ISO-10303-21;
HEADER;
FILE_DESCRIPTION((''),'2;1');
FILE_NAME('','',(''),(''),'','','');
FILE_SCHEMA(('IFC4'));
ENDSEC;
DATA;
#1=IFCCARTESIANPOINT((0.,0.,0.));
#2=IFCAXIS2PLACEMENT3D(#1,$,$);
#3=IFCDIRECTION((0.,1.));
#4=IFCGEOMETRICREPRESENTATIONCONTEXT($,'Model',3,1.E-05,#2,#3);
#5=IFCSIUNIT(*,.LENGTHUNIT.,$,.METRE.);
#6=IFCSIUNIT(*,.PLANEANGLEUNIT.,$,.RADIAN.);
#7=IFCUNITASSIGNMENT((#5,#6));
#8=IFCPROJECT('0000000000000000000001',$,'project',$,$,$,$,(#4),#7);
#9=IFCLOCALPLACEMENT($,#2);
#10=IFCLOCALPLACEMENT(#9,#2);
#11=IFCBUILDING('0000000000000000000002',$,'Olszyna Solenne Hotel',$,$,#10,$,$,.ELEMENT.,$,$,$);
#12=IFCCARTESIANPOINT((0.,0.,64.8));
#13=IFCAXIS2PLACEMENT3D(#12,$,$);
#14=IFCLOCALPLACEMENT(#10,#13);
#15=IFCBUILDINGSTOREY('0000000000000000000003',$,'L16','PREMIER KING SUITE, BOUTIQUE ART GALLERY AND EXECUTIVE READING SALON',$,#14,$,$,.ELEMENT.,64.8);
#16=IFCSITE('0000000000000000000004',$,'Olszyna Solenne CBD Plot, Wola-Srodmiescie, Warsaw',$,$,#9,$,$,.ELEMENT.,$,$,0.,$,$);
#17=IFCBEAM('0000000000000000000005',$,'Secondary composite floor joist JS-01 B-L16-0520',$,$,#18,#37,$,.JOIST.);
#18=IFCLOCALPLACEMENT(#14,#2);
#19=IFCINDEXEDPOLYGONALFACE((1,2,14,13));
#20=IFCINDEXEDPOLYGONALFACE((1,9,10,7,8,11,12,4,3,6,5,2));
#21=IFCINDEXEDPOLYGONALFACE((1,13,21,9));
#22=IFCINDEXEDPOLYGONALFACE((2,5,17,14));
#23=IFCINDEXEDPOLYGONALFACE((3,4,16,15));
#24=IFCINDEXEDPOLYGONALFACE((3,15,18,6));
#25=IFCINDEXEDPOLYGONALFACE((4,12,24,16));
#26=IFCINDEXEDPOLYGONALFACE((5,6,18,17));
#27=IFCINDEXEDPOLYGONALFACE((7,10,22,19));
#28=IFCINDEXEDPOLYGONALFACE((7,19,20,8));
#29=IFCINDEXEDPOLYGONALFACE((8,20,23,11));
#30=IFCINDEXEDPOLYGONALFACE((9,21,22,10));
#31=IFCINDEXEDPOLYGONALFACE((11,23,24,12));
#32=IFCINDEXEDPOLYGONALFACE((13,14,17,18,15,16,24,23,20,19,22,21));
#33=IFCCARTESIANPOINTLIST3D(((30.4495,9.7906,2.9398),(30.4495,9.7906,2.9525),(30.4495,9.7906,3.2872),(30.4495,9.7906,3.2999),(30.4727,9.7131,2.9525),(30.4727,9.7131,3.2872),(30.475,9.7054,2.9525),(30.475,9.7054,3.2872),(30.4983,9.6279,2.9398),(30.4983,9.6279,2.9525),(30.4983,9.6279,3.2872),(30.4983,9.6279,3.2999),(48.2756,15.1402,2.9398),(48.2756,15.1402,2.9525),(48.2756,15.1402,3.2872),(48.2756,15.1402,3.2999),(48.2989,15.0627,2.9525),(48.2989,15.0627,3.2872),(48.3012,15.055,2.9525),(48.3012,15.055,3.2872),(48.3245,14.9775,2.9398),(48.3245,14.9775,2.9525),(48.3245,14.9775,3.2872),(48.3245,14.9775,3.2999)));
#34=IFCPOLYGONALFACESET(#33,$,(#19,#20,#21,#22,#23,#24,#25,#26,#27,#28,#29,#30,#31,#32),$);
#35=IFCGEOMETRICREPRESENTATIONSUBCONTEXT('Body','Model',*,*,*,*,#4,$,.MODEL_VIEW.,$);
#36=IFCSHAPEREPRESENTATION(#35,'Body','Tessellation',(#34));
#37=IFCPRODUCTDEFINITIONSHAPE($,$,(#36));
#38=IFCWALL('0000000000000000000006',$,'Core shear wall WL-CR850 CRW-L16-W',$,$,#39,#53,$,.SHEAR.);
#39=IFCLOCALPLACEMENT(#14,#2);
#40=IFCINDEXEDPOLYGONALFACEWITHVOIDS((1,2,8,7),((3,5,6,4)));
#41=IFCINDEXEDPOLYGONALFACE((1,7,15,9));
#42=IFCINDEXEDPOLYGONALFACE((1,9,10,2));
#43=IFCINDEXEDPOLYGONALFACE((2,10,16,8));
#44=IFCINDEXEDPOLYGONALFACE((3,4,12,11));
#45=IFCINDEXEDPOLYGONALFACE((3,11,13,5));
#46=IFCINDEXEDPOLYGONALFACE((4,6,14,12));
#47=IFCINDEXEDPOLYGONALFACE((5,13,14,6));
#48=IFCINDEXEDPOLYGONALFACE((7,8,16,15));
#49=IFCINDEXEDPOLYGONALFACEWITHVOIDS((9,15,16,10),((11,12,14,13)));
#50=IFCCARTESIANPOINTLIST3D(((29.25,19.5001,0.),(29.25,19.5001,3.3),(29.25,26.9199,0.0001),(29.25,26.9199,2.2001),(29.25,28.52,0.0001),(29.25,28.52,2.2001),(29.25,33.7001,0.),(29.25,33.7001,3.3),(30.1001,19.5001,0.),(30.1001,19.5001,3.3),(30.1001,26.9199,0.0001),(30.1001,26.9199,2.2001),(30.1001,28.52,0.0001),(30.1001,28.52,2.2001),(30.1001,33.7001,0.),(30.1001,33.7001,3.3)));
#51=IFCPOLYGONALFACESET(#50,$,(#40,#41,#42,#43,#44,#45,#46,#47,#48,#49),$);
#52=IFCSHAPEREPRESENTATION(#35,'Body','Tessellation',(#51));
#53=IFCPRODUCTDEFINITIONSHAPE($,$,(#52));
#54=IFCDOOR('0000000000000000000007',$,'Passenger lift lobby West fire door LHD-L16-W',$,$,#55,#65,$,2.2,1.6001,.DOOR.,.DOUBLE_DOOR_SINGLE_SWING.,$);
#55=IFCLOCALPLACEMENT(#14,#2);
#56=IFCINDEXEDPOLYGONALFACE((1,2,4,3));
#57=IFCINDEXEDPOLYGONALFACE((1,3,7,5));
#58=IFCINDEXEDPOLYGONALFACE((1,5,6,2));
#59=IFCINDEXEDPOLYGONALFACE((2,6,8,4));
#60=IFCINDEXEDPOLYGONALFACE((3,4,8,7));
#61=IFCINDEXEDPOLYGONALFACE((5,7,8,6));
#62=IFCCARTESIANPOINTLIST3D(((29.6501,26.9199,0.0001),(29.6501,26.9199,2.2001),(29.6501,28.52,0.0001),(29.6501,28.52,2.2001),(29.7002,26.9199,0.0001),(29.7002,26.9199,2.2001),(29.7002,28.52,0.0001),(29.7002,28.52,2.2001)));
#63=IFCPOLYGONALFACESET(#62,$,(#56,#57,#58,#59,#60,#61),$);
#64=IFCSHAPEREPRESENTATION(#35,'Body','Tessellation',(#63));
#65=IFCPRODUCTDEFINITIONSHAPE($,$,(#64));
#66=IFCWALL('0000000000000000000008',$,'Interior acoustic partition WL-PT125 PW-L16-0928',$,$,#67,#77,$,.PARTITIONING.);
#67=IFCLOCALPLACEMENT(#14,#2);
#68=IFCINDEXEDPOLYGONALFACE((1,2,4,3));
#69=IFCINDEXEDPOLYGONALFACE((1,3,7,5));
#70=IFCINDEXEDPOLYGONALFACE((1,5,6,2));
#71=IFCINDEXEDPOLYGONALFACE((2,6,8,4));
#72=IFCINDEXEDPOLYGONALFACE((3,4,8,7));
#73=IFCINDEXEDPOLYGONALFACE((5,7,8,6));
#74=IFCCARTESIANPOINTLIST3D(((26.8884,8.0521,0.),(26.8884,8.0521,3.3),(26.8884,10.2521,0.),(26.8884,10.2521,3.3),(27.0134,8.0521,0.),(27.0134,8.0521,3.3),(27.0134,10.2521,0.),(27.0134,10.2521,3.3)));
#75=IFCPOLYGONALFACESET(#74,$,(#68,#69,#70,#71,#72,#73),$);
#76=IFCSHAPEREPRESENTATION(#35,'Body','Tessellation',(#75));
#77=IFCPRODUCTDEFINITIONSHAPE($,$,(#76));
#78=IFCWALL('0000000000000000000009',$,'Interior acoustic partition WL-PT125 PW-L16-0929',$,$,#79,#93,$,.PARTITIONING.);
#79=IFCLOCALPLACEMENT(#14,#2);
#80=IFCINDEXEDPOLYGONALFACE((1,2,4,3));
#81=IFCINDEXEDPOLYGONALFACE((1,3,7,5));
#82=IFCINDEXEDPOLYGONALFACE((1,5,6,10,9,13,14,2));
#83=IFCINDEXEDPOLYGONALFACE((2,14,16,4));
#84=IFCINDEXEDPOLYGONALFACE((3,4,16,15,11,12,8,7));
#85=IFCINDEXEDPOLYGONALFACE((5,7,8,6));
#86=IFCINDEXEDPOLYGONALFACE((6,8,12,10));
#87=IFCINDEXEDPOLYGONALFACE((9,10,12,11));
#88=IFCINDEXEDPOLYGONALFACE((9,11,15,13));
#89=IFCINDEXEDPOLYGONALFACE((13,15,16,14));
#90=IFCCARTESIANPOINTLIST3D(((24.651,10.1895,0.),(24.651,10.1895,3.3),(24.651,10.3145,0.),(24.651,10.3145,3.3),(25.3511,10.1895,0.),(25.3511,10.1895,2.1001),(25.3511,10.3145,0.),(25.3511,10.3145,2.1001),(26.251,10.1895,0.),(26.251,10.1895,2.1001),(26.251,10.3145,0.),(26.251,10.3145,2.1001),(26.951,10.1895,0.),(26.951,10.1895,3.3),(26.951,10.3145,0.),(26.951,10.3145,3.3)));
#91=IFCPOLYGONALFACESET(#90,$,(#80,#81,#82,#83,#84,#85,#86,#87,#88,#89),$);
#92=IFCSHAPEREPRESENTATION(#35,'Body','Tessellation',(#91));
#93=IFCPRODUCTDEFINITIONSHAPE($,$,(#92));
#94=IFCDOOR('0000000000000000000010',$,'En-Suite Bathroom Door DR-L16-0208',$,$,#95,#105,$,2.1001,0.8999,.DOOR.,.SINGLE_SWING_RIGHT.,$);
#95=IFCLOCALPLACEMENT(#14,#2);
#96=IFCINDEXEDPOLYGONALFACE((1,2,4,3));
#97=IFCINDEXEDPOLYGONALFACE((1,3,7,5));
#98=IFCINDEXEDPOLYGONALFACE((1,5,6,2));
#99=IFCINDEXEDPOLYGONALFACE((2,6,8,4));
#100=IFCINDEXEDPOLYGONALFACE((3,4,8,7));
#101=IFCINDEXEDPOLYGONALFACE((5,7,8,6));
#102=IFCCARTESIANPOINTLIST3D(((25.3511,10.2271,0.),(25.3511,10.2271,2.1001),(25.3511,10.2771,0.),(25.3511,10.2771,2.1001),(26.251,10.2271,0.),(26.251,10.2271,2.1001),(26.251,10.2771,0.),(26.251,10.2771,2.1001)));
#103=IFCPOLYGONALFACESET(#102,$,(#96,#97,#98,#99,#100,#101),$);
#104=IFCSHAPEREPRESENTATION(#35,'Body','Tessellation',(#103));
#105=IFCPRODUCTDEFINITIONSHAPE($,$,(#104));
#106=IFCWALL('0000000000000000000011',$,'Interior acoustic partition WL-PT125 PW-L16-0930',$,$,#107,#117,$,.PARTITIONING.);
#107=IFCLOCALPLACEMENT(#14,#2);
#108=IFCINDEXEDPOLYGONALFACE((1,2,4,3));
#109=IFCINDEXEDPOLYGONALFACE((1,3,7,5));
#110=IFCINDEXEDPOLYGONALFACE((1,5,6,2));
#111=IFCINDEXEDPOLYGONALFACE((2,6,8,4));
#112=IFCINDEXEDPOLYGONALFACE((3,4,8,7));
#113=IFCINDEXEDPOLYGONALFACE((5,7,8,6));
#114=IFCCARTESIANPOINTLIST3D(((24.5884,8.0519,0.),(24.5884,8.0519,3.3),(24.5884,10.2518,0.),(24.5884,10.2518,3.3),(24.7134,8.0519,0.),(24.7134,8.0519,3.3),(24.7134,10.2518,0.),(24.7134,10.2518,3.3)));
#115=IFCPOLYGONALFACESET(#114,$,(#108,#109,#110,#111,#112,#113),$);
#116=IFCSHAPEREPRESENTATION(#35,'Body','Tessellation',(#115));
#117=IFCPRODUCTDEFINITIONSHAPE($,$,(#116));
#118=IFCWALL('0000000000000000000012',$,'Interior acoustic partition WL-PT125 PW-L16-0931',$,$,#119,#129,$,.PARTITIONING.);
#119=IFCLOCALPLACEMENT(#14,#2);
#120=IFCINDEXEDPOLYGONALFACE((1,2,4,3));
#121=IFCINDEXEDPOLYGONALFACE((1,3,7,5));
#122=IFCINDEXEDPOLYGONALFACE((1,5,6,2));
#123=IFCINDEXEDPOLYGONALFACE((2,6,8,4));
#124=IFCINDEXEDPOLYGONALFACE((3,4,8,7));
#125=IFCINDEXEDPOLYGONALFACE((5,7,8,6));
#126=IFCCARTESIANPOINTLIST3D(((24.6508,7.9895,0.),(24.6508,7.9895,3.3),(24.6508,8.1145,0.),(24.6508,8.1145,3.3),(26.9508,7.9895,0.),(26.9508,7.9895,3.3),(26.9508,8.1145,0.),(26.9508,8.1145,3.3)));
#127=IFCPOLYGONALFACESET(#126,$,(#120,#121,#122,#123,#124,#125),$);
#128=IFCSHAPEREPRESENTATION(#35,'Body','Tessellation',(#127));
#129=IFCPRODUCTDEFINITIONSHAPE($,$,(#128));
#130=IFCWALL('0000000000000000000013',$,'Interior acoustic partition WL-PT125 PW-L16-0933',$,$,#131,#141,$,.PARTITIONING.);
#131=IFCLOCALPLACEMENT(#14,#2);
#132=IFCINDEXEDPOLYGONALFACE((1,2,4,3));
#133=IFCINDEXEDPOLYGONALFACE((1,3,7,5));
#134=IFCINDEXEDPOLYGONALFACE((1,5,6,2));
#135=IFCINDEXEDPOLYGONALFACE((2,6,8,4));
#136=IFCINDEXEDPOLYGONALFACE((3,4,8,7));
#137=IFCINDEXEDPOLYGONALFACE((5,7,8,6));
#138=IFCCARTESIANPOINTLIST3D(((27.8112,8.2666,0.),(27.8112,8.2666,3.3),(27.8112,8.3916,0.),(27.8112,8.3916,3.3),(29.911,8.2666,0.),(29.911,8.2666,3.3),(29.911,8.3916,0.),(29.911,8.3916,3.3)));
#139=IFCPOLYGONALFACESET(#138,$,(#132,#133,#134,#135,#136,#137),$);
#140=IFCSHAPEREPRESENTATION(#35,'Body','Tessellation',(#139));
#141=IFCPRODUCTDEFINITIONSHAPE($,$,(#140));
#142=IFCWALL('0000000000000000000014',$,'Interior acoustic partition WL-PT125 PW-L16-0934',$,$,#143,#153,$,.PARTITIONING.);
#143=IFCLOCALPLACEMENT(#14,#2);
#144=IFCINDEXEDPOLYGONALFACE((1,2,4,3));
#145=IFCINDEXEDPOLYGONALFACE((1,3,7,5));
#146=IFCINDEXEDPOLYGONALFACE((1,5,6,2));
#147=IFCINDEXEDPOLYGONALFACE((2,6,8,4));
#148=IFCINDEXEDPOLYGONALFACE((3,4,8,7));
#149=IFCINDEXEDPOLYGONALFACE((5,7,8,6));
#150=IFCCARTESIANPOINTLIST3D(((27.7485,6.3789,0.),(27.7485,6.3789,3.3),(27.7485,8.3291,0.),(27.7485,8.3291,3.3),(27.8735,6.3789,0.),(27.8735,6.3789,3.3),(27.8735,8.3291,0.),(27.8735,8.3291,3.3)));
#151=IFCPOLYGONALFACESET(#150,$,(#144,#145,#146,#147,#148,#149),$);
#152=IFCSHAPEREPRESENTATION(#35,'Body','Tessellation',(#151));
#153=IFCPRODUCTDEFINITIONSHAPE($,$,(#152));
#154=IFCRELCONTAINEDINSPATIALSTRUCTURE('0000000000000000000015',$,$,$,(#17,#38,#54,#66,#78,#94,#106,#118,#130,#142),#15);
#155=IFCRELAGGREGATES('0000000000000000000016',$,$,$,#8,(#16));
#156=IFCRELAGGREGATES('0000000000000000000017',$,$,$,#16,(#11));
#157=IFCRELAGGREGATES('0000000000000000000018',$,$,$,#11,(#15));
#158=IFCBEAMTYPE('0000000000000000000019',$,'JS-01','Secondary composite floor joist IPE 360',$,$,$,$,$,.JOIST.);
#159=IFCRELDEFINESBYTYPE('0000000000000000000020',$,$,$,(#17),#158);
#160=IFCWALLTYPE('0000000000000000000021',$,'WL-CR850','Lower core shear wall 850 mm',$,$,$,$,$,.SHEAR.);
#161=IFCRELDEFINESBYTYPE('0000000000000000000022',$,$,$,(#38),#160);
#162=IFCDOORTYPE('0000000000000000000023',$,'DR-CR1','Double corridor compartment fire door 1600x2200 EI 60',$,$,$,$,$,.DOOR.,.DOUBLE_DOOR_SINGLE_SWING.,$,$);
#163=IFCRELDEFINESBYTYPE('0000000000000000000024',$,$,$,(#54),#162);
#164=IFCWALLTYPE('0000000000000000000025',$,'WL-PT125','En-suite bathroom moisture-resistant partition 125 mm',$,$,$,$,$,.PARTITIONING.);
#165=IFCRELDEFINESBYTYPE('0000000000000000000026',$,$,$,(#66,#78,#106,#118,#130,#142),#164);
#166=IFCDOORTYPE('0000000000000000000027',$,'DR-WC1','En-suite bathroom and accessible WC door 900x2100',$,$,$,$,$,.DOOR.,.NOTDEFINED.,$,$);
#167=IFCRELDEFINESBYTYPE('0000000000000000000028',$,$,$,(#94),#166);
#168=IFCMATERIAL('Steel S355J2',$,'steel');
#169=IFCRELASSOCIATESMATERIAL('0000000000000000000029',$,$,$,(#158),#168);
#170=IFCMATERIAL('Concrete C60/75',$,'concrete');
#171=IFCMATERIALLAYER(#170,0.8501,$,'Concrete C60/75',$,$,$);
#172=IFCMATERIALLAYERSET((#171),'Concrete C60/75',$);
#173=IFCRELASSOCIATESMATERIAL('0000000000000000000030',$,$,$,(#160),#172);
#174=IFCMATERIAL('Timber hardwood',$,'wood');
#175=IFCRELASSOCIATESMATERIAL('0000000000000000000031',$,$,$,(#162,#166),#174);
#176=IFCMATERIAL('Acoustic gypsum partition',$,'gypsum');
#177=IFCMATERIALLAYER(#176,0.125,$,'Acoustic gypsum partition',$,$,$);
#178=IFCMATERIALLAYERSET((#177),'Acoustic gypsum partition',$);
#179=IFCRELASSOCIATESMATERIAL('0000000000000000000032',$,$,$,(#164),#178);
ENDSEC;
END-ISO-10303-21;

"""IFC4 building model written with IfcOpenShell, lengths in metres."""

from ifc_helpers import new_model, si_unit, direction, frame, frame_2d, origin, origin_2d, place, context, subcontext, project, spatial, rectangle, i_section, extrude, source, transform, mapped, material, layer, layer_set, material_profile, profile_set, type_object, type_shapes, element, fill, save


model = new_model("IFC4")

# Units and contexts
model_context = context("Model", 3, precision=1e-05, world=origin(), true_north=direction((0.0, 1.0)))
body_context = subcontext(model_context, "Body", "Model", "MODEL_VIEW")
ifc_project = project(units=[si_unit("LENGTHUNIT", "METRE"), si_unit("PLANEANGLEUNIT", "RADIAN")], contexts=[model_context])

# Site, building, storey
site_placement = place(None, origin())
site = spatial("IfcSite", under=ifc_project, at=site_placement, Name="Olszyna Solenne CBD Plot, Wola-Srodmiescie, Warsaw", CompositionType="ELEMENT", RefElevation=0.0)
building_placement = place(site_placement, origin())
building = spatial("IfcBuilding", under=site, at=building_placement, Name="Olszyna Solenne Hotel", CompositionType="ELEMENT")
storey_placement = place(building_placement, frame((0.0, 0.0, 64.8)))
storey = spatial("IfcBuildingStorey", under=building, at=storey_placement, Name="L16", Description="PREMIER KING SUITE, BOUTIQUE ART GALLERY AND EXECUTIVE READING SALON", CompositionType="ELEMENT", Elevation=64.8)

# Beam
ifc_material_1 = material(Name="Steel S355J2", Category="steel")
ifc_material_profile = material_profile(ifc_material_1, i_section(OverallWidth=0.1699, OverallDepth=0.3601, WebThickness=0.0081, FlangeThickness=0.0127, at=origin_2d()), Name="IPE 360", Category="load-bearing")
ifc_profile_set = profile_set([ifc_material_profile], Name="Steel S355J2")
beam_type = type_object("IfcBeamType", Name="JS-01", Description="Secondary composite floor joist IPE 360", PredefinedType="JOIST", material=ifc_profile_set)
shared_shape_1 = source(origin(), body_context, "Body", "SweptSolid", [
    extrude(i_section(OverallWidth=0.1699, OverallDepth=0.3601, WebThickness=0.0081, FlangeThickness=0.0127, at=origin_2d()), origin(), (0.0, 0.0, 1.0), 18.6116),
])
beam_placement = place(storey_placement, frame((30.4739, 9.7092, 3.1199), z_axis=(0.9578, 0.287435, 0.0), x_axis=(-0.287435, 0.9578, 0.0)))
element("IfcBeam", 1, at=beam_placement, inside=storey, type_object=beam_type, Name="Secondary composite floor joist JS-01 B-L16-0520", PredefinedType="JOIST", context=body_context, shape_type="MappedRepresentation", body=[
    mapped(shared_shape_1, transform((0.0, 0.0, 0.0), x_axis=(1.0, 0.0, 0.0), y_axis=(0.0, 1.0, 0.0), z_axis=(0.0, 0.0, 1.0), scale=1.0)),
])

# Wall, opening, door
ifc_material_2 = material(Name="Concrete C60/75", Category="concrete")
ifc_layer_1 = layer(ifc_material_2, 0.8501, Name="Concrete C60/75")
ifc_layer_set_1 = layer_set([ifc_layer_1], Name="Concrete C60/75")
wall_type_1 = type_object("IfcWallType", Name="WL-CR850", Description="Lower core shear wall 850 mm", PredefinedType="SHEAR", material=ifc_layer_set_1)
wall_1_placement = place(storey_placement, frame((29.675, 19.5, 0.0), z_axis=(0.0, 0.0, 1.0), x_axis=(0.0, 1.0, 0.0)))
wall_1 = element("IfcWall", 2, at=wall_1_placement, inside=storey, type_object=wall_type_1, Name="Core shear wall WL-CR850 CRW-L16-W", PredefinedType="SHEAR", context=body_context, shape_type="SweptSolid", body=[
    extrude(rectangle(XDim=14.2, YDim=0.8501, at=frame_2d((7.1001, 0.0))), origin(), (0.0, 0.0, 1.0), 3.3),
])
opening_1_placement = place(wall_1_placement, frame((7.4199, 0.0, 0.0)))
opening_1 = element("IfcOpeningElement", 3, at=opening_1_placement, cuts=wall_1, PredefinedType="OPENING", context=body_context, shape_type="SweptSolid", body=[
    extrude(rectangle(XDim=1.6001, YDim=2.2, at=frame_2d((0.8, 1.1001))), frame((0.0, 0.4351, 0.0), z_axis=(0.0, -1.0, 0.0), x_axis=(1.0, 0.0, 0.0)), (0.0, 0.0, 1.0), 0.8701),
])
ifc_material_3 = material(Name="Timber hardwood", Category="wood")
door_type_1 = type_object("IfcDoorType", Name="DR-CR1", Description="Double corridor compartment fire door 1600x2200 EI 60", OperationType="DOUBLE_DOOR_SINGLE_SWING", PredefinedType="DOOR", material=ifc_material_3)
shared_shape_2 = source(origin(), body_context, "Body", "SweptSolid", [
    extrude(rectangle(XDim=1.6001, YDim=2.2, at=frame_2d((0.8, 1.1001))), frame((0.0, 0.0249, 0.0), z_axis=(0.0, -1.0, 0.0), x_axis=(1.0, 0.0, 0.0)), (0.0, 0.0, 1.0), 0.05),
])
type_shapes(door_type_1, [shared_shape_2])
door_1_placement = place(opening_1_placement, origin())
door_1 = element("IfcDoor", 4, at=door_1_placement, inside=storey, type_object=door_type_1, Name="Passenger lift lobby West fire door LHD-L16-W", OperationType="DOUBLE_DOOR_SINGLE_SWING", OverallHeight=2.2, OverallWidth=1.6001, PredefinedType="DOOR", context=body_context, shape_type="MappedRepresentation", body=[
    mapped(shared_shape_2, transform((0.0, 0.0, 0.0), x_axis=(1.0, 0.0, 0.0), y_axis=(0.0, 1.0, 0.0), z_axis=(0.0, 0.0, 1.0), scale=1.0)),
])
fill(opening_1, door_1)

# Wall
ifc_material_4 = material(Name="Acoustic gypsum partition", Category="gypsum")
ifc_layer_2 = layer(ifc_material_4, 0.125, Name="Acoustic gypsum partition")
ifc_layer_set_2 = layer_set([ifc_layer_2], Name="Acoustic gypsum partition")
wall_type_2 = type_object("IfcWallType", Name="WL-PT125", Description="En-suite bathroom moisture-resistant partition 125 mm", PredefinedType="PARTITIONING", material=ifc_layer_set_2)
wall_2_placement = place(storey_placement, frame((26.9509, 8.052, 0.0), z_axis=(0.0, 0.0, 1.0), x_axis=(0.0, 1.0, 0.0)))
element("IfcWall", 5, at=wall_2_placement, inside=storey, type_object=wall_type_2, Name="Interior acoustic partition WL-PT125 PW-L16-0928", PredefinedType="PARTITIONING", context=body_context, shape_type="SweptSolid", body=[
    extrude(rectangle(XDim=2.2, YDim=0.125, at=frame_2d((1.1001, 0.0))), origin(), (0.0, 0.0, 1.0), 3.3),
])

# Wall, opening, door
wall_3_placement = place(storey_placement, frame((26.9509, 10.252, 0.0), z_axis=(0.0, 0.0, 1.0), x_axis=(-1.0, 0.0, 0.0)))
wall_3 = element("IfcWall", 6, at=wall_3_placement, inside=storey, type_object=wall_type_2, Name="Interior acoustic partition WL-PT125 PW-L16-0929", PredefinedType="PARTITIONING", context=body_context, shape_type="SweptSolid", body=[
    extrude(rectangle(XDim=2.3, YDim=0.125, at=frame_2d((1.1499, 0.0))), origin(), (0.0, 0.0, 1.0), 3.3),
])
opening_2_placement = place(wall_3_placement, frame((0.7, 0.0, 0.0)))
opening_2 = element("IfcOpeningElement", 7, at=opening_2_placement, cuts=wall_3, PredefinedType="OPENING", context=body_context, shape_type="SweptSolid", body=[
    extrude(rectangle(XDim=0.8999, YDim=2.1001, at=frame_2d((0.45, 1.05))), frame((0.0, 0.0725, 0.0), z_axis=(0.0, -1.0, 0.0), x_axis=(1.0, 0.0, 0.0)), (0.0, 0.0, 1.0), 0.145),
])
door_type_2 = type_object("IfcDoorType", Name="DR-WC1", Description="En-suite bathroom and accessible WC door 900x2100", OperationType="NOTDEFINED", PredefinedType="DOOR", material=ifc_material_3)
shared_shape_3 = source(origin(), body_context, "Body", "SweptSolid", [
    extrude(rectangle(XDim=0.8999, YDim=2.1001, at=frame_2d((0.45, 1.05))), frame((0.0, 0.0249, 0.0), z_axis=(0.0, -1.0, 0.0), x_axis=(1.0, 0.0, 0.0)), (0.0, 0.0, 1.0), 0.05),
])
type_shapes(door_type_2, [shared_shape_3])
door_2_placement = place(opening_2_placement, origin())
door_2 = element("IfcDoor", 8, at=door_2_placement, inside=storey, type_object=door_type_2, Name="En-Suite Bathroom Door DR-L16-0208", OperationType="SINGLE_SWING_RIGHT", OverallHeight=2.1001, OverallWidth=0.8999, PredefinedType="DOOR", context=body_context, shape_type="MappedRepresentation", body=[
    mapped(shared_shape_3, transform((0.0, 0.0, 0.0), x_axis=(1.0, 0.0, 0.0), y_axis=(0.0, 1.0, 0.0), z_axis=(0.0, 0.0, 1.0), scale=1.0)),
])
fill(opening_2, door_2)

# Walls
wall_4_placement = place(storey_placement, frame((24.6509, 10.252, 0.0), z_axis=(0.0, 0.0, 1.0), x_axis=(0.0, -1.0, 0.0)))
element("IfcWall", 9, at=wall_4_placement, inside=storey, type_object=wall_type_2, Name="Interior acoustic partition WL-PT125 PW-L16-0930", PredefinedType="PARTITIONING", context=body_context, shape_type="SweptSolid", body=[
    extrude(rectangle(XDim=2.2, YDim=0.125, at=frame_2d((1.1001, 0.0))), origin(), (0.0, 0.0, 1.0), 3.3),
])
wall_5_placement = place(storey_placement, frame((24.6509, 8.052, 0.0), z_axis=(0.0, 0.0, 1.0), x_axis=(1.0, 0.0, 0.0)))
element("IfcWall", 10, at=wall_5_placement, inside=storey, type_object=wall_type_2, Name="Interior acoustic partition WL-PT125 PW-L16-0931", PredefinedType="PARTITIONING", context=body_context, shape_type="SweptSolid", body=[
    extrude(rectangle(XDim=2.3, YDim=0.125, at=frame_2d((1.1499, 0.0))), origin(), (0.0, 0.0, 1.0), 3.3),
])
wall_6_placement = place(storey_placement, frame((29.9109, 8.3291, 0.0), z_axis=(0.0, 0.0, 1.0), x_axis=(-1.0, 0.0, 0.0)))
element("IfcWall", 11, at=wall_6_placement, inside=storey, type_object=wall_type_2, Name="Interior acoustic partition WL-PT125 PW-L16-0933", PredefinedType="PARTITIONING", context=body_context, shape_type="SweptSolid", body=[
    extrude(rectangle(XDim=2.0999, YDim=0.125, at=frame_2d((1.0498, 0.0))), origin(), (0.0, 0.0, 1.0), 3.3),
])
wall_7_placement = place(storey_placement, frame((27.811, 8.3291, 0.0), z_axis=(0.0, 0.0, 1.0), x_axis=(0.0, -1.0, 0.0)))
element("IfcWall", 12, at=wall_7_placement, inside=storey, type_object=wall_type_2, Name="Interior acoustic partition WL-PT125 PW-L16-0934", PredefinedType="PARTITIONING", context=body_context, shape_type="SweptSolid", body=[
    extrude(rectangle(XDim=1.9502, YDim=0.125, at=frame_2d((0.9751, 0.0))), origin(), (0.0, 0.0, 1.0), 3.3),
])

save(model, "model.ifc")
